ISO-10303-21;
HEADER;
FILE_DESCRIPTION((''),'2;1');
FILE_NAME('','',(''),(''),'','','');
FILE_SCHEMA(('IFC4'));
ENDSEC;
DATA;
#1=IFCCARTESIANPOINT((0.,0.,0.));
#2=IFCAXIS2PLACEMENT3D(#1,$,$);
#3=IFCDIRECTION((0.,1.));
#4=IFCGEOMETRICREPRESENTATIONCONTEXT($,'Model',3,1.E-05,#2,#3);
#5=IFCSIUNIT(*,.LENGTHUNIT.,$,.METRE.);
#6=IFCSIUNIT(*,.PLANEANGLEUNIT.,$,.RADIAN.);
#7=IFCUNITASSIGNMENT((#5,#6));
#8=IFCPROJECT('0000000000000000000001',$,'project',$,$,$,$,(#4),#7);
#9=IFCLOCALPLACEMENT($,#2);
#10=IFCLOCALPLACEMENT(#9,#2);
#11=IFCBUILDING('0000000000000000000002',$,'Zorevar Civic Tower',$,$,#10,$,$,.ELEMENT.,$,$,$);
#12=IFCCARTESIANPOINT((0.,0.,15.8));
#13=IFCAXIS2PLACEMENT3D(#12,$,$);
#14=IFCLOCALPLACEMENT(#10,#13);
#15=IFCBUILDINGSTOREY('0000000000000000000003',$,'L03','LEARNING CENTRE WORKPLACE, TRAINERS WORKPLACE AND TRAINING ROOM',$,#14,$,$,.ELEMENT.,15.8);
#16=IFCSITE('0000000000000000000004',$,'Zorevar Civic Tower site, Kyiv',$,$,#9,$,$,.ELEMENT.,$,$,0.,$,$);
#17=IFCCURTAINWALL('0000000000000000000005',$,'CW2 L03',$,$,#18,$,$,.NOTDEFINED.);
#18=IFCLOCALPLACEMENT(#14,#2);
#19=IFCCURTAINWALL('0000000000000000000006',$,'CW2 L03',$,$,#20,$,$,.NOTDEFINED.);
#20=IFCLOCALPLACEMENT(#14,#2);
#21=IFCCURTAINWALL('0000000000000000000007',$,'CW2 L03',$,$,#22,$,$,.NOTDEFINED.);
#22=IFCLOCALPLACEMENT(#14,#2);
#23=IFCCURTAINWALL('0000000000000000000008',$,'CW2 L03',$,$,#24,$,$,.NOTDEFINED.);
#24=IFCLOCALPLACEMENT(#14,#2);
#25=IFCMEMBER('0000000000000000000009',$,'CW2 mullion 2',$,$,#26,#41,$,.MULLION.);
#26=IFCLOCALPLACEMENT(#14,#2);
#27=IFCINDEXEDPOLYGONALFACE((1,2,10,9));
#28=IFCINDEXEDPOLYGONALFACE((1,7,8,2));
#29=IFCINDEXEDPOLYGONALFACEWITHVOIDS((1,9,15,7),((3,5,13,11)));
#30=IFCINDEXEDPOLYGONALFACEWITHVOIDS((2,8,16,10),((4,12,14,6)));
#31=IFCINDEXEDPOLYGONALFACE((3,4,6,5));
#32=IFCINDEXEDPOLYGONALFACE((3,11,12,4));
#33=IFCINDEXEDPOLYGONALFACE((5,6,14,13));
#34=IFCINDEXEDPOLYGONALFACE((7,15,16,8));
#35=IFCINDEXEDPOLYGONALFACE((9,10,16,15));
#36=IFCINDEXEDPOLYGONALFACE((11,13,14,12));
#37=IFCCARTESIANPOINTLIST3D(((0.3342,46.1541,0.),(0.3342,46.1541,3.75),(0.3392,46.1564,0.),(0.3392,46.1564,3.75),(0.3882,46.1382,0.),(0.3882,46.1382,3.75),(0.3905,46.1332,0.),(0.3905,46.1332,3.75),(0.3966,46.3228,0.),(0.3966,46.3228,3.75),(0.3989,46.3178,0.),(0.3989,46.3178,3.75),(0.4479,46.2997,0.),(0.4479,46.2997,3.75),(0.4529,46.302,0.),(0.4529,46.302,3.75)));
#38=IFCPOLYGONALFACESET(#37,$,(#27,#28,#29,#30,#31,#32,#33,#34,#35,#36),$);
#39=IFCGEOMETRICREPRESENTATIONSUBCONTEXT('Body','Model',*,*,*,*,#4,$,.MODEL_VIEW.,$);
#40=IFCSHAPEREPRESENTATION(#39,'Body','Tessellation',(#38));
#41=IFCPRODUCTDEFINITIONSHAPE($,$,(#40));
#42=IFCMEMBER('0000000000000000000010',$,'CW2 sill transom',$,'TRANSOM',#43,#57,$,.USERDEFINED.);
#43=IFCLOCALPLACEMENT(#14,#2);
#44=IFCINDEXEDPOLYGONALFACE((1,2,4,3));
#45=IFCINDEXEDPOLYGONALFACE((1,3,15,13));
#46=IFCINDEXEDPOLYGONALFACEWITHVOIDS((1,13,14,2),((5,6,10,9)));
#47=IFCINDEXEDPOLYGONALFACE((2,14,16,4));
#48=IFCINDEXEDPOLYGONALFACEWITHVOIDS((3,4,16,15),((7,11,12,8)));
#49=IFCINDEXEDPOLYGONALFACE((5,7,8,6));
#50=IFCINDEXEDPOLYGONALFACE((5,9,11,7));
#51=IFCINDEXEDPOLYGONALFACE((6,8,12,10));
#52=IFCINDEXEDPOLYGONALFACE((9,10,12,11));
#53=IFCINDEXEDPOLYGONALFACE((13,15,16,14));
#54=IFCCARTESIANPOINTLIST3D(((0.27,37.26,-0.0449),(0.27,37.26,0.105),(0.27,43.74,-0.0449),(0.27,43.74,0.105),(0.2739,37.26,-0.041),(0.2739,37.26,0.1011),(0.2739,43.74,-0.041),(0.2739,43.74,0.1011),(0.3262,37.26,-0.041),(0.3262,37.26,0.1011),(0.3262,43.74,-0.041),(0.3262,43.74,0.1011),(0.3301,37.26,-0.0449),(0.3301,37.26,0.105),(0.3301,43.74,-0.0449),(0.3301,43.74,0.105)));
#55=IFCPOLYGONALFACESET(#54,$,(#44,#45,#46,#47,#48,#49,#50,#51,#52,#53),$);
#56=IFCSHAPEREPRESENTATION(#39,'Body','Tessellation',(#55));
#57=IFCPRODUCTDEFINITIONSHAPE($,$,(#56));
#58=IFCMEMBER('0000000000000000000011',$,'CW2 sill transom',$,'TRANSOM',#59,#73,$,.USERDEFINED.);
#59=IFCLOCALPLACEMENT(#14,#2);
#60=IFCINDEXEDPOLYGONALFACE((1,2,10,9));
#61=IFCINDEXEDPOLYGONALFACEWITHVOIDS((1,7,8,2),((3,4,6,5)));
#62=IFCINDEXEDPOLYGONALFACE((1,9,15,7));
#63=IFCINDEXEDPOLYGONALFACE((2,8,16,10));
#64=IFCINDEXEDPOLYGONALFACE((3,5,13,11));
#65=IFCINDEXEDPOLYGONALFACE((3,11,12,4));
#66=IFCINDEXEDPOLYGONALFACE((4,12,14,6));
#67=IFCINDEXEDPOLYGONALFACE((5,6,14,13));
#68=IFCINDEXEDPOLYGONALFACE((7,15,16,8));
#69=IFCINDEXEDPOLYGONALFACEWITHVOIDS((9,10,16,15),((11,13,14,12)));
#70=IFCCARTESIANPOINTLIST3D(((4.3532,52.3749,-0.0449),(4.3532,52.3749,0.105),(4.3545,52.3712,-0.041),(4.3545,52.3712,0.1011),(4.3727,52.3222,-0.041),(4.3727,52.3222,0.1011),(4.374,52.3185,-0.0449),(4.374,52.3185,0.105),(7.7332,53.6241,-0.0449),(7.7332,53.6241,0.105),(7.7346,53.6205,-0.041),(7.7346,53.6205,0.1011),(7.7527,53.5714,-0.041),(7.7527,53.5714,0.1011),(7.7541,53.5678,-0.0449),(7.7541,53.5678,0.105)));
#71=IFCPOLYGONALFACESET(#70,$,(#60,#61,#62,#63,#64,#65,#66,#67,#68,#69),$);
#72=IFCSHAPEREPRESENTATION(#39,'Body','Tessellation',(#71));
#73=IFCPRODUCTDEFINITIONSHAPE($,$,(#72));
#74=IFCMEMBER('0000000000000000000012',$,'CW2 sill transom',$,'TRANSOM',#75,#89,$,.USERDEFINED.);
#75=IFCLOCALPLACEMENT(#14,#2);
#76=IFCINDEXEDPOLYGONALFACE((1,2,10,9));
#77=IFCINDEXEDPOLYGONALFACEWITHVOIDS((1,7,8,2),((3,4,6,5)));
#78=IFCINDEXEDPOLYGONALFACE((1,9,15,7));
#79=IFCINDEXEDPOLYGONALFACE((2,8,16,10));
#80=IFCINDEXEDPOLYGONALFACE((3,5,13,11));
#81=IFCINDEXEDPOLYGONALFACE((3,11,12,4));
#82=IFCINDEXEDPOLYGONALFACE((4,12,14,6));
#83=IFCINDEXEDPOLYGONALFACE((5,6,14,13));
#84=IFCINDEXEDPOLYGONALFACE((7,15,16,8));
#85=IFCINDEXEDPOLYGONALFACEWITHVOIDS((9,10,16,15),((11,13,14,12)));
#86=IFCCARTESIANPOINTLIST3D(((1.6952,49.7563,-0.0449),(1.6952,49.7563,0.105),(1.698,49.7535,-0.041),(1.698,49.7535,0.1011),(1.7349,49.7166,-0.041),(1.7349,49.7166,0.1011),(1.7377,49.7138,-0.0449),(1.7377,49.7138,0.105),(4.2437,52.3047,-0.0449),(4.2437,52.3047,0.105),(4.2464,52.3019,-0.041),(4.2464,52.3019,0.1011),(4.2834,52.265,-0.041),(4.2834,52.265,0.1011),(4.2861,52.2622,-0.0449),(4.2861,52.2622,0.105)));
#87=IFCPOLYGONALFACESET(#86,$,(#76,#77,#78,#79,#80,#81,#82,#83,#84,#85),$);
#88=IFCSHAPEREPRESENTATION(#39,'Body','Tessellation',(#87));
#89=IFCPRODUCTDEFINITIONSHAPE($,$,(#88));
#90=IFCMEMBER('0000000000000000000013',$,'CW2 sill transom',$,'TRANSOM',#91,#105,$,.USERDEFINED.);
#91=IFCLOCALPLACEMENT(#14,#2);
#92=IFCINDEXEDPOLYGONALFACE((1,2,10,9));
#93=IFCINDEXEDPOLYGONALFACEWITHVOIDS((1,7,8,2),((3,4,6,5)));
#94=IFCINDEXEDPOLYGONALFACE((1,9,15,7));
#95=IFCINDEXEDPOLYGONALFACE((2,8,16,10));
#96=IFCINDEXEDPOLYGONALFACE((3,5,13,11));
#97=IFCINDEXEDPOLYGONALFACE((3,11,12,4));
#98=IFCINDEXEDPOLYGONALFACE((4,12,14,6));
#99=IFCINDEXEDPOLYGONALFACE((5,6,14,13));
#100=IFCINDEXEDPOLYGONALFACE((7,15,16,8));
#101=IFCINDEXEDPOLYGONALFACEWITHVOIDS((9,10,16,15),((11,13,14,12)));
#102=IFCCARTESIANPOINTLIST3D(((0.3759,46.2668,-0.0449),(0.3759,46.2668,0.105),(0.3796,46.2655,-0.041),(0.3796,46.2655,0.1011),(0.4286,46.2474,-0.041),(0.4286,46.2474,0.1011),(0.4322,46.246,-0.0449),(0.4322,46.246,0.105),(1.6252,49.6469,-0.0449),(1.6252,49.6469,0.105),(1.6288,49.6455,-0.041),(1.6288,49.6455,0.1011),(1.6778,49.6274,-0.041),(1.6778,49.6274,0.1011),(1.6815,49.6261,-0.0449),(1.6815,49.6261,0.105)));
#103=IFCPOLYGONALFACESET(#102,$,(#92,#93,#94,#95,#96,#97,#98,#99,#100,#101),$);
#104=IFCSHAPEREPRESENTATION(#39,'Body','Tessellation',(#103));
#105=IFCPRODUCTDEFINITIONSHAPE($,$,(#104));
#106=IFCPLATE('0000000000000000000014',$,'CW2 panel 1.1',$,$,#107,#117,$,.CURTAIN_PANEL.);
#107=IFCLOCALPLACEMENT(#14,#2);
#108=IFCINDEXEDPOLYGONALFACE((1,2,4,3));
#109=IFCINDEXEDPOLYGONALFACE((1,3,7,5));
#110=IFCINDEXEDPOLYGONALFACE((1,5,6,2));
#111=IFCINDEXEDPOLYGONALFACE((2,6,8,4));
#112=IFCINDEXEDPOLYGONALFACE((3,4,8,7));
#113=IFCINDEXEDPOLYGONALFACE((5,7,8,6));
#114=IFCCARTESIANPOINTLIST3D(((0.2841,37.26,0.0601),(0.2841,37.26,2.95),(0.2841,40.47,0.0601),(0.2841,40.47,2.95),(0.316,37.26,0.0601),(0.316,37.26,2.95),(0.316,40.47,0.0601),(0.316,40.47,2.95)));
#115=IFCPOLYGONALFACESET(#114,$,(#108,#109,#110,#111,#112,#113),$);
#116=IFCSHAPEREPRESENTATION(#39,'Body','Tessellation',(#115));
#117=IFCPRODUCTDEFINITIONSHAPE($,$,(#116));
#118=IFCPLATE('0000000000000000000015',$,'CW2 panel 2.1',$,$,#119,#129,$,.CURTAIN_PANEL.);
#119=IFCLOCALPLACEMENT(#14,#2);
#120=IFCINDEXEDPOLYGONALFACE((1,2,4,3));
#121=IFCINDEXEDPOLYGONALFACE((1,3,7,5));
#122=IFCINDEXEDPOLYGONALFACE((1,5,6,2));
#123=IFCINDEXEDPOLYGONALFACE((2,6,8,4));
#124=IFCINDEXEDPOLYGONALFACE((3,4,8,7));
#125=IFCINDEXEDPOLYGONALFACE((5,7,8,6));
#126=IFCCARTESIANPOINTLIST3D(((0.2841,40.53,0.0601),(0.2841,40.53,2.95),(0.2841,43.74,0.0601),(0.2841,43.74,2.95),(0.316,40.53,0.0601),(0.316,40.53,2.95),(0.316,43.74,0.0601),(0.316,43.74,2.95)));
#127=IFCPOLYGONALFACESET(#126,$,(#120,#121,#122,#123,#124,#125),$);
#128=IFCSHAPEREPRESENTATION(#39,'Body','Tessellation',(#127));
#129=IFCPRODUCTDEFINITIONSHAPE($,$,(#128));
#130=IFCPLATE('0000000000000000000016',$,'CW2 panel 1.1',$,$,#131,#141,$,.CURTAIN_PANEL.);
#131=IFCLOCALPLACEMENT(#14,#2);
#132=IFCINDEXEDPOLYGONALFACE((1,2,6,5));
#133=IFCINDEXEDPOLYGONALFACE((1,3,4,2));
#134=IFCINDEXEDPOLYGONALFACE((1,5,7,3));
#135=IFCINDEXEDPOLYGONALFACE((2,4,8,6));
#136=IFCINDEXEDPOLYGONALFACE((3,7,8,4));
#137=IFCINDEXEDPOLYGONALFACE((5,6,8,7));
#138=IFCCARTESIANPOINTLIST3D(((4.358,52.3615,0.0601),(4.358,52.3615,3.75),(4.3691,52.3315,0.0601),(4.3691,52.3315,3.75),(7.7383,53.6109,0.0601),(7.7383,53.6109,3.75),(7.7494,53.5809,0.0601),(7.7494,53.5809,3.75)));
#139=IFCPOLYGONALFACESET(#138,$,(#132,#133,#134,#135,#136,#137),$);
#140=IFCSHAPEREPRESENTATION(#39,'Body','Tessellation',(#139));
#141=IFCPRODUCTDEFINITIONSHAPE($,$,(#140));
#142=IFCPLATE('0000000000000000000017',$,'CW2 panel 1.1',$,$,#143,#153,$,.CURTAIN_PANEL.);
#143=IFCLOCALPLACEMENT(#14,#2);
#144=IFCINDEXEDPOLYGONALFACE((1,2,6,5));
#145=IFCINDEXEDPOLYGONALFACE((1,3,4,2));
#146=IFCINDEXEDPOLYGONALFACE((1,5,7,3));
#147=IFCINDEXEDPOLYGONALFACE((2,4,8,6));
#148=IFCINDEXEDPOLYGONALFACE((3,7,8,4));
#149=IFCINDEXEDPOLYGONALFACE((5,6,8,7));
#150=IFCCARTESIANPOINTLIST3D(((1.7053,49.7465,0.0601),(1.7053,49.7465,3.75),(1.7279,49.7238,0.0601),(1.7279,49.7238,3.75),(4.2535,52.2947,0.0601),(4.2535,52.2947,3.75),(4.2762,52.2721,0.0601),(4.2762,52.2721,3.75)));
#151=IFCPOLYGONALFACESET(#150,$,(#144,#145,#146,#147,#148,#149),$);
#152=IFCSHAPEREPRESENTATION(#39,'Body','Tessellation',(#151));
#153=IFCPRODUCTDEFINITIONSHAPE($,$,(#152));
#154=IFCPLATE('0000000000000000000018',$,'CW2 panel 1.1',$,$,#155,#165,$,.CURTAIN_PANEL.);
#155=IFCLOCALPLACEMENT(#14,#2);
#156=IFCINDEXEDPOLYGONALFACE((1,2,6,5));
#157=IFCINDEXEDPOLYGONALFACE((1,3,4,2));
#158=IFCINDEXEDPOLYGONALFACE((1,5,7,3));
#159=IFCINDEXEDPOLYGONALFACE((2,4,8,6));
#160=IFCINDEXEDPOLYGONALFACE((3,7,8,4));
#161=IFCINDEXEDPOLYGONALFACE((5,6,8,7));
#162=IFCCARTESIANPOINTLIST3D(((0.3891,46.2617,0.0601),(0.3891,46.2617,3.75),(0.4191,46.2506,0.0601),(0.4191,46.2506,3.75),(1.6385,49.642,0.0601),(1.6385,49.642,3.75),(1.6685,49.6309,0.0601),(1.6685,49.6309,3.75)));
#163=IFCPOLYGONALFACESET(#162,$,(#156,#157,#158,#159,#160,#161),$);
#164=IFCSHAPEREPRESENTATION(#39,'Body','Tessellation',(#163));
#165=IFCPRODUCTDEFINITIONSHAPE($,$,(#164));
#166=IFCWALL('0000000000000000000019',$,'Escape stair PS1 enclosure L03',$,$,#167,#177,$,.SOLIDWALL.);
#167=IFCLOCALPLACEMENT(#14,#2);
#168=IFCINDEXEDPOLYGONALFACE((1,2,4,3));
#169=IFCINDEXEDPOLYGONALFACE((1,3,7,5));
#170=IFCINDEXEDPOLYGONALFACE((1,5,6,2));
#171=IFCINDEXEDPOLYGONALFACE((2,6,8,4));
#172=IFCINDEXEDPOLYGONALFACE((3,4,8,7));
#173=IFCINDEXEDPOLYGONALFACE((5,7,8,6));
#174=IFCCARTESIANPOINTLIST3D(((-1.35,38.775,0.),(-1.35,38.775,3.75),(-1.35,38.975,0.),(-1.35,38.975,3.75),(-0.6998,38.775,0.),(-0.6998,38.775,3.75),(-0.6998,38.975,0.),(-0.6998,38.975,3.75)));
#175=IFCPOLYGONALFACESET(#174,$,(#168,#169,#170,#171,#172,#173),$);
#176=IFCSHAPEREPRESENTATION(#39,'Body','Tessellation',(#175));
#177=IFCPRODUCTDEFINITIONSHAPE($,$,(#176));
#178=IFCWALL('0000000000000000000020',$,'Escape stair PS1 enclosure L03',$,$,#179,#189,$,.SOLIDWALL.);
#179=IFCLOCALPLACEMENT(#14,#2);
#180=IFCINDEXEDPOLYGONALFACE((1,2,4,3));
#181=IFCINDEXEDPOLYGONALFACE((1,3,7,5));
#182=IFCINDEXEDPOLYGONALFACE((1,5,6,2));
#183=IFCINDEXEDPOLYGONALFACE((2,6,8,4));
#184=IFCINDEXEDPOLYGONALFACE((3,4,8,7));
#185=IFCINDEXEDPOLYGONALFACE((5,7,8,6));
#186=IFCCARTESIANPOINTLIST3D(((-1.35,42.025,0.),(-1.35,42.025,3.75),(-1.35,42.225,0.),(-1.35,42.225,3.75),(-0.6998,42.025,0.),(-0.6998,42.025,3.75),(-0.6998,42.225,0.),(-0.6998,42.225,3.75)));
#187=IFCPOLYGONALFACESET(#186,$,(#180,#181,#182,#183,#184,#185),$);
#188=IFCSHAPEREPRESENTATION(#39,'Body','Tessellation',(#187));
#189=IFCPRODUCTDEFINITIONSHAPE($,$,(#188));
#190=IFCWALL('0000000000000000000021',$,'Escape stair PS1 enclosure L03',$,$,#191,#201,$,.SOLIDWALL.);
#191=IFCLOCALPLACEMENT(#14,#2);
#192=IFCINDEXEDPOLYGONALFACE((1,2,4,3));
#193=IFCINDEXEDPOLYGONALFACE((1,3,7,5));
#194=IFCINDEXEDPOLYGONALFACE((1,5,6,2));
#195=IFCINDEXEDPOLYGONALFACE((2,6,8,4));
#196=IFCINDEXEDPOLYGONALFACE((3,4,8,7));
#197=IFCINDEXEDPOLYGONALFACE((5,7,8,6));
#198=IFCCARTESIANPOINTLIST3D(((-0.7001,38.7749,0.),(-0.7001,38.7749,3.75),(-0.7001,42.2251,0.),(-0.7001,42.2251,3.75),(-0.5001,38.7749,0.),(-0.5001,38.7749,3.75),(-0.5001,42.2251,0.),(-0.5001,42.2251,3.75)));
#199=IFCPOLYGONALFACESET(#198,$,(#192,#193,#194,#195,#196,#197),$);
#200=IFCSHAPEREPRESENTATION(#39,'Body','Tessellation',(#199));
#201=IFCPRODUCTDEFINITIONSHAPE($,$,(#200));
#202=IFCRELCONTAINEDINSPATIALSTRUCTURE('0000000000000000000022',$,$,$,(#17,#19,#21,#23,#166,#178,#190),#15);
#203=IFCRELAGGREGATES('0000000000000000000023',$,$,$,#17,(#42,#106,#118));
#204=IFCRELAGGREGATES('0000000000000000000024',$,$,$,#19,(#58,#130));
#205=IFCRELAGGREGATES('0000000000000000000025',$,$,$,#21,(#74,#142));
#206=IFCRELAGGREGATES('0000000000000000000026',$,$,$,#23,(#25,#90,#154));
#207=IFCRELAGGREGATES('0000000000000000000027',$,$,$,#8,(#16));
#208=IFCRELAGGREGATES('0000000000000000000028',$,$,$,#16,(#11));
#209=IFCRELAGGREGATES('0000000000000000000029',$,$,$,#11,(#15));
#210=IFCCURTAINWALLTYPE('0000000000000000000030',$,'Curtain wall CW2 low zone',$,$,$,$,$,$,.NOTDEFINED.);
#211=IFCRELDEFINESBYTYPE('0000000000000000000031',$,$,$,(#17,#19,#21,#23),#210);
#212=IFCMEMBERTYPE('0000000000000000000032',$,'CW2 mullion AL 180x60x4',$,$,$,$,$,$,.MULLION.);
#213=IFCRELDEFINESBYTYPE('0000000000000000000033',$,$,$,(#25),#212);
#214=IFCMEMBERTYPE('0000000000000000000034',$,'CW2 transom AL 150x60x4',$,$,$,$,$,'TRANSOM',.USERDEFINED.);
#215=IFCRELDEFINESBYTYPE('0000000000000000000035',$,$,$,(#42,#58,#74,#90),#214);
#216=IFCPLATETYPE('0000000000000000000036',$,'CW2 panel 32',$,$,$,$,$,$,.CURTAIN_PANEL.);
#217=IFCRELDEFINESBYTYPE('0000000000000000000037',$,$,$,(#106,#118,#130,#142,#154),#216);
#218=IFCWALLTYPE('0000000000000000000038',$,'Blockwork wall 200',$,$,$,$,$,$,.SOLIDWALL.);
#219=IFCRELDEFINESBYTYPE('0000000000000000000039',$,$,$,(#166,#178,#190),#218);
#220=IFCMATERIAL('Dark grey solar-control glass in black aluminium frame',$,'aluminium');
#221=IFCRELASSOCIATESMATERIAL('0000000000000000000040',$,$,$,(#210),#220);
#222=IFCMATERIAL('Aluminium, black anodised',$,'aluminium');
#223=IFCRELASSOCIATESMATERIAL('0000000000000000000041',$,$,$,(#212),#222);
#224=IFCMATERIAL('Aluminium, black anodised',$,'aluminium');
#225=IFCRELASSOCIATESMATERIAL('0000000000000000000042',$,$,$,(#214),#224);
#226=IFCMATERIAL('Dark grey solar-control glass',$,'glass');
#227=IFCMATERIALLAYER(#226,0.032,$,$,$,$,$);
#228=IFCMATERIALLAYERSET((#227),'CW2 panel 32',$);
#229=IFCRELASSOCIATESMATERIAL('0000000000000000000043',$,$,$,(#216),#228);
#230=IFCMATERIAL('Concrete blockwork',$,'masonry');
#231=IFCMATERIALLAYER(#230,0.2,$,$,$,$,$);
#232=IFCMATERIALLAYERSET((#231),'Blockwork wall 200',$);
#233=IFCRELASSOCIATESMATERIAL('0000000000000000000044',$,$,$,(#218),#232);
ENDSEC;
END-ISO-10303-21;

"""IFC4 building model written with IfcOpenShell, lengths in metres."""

from ifc_helpers import new_model, si_unit, direction, frame, frame_2d, origin, origin_2d, place, context, subcontext, project, spatial, rectangle, hollow_rectangle, extrude, material, layer, layer_set, material_profile, profile_set, type_object, element, aggregate, save


model = new_model("IFC4")

# Units and contexts
model_context = context("Model", 3, precision=1e-05, world=origin(), true_north=direction((0.0, 1.0)))
body_context = subcontext(model_context, "Body", "Model", "MODEL_VIEW")
ifc_project = project(units=[si_unit("LENGTHUNIT", "METRE"), si_unit("PLANEANGLEUNIT", "RADIAN")], contexts=[model_context])

# Site, building, storey
site_placement = place(None, origin())
site = spatial("IfcSite", under=ifc_project, at=site_placement, Name="Zorevar Civic Tower site, Kyiv", CompositionType="ELEMENT", RefElevation=0.0)
building_placement = place(site_placement, origin())
building = spatial("IfcBuilding", under=site, at=building_placement, Name="Zorevar Civic Tower", CompositionType="ELEMENT")
storey_placement = place(building_placement, frame((0.0, 0.0, 15.8)))
storey = spatial("IfcBuildingStorey", under=building, at=storey_placement, Name="L03", Description="LEARNING CENTRE WORKPLACE, TRAINERS WORKPLACE AND TRAINING ROOM", CompositionType="ELEMENT", Elevation=15.8)

# Curtain walls, member
ifc_material_1 = material(Name="Dark grey solar-control glass in black aluminium frame", Category="aluminium")
curtain_wall_type = type_object("IfcCurtainWallType", Name="Curtain wall CW2 low zone", PredefinedType="NOTDEFINED", material=ifc_material_1)
curtain_wall_1_placement = place(storey_placement, origin())
curtain_wall_1 = element("IfcCurtainWall", 1, at=curtain_wall_1_placement, inside=storey, type_object=curtain_wall_type, Name="CW2 L03", PredefinedType="NOTDEFINED")
ifc_material_2 = material(Name="Aluminium, black anodised", Category="aluminium")
ifc_material_profile_1 = material_profile(ifc_material_2, hollow_rectangle(XDim=0.0601, YDim=0.1799, WallThickness=0.0039, at=origin_2d()), Name="AL 180x60x4")
ifc_profile_set_1 = profile_set([ifc_material_profile_1], Name="Aluminium, black anodised")
member_type_1 = type_object("IfcMemberType", Name="CW2 mullion AL 180x60x4", PredefinedType="MULLION", material=ifc_profile_set_1)
curtain_wall_2_placement = place(storey_placement, origin())
curtain_wall_2 = element("IfcCurtainWall", 2, at=curtain_wall_2_placement, inside=storey, type_object=curtain_wall_type, Name="CW2 L03", PredefinedType="NOTDEFINED")
curtain_wall_3_placement = place(storey_placement, origin())
curtain_wall_3 = element("IfcCurtainWall", 3, at=curtain_wall_3_placement, inside=storey, type_object=curtain_wall_type, Name="CW2 L03", PredefinedType="NOTDEFINED")
curtain_wall_4_placement = place(storey_placement, origin())
curtain_wall_4 = element("IfcCurtainWall", 4, at=curtain_wall_4_placement, inside=storey, type_object=curtain_wall_type, Name="CW2 L03", PredefinedType="NOTDEFINED")
member_1_placement = place(storey_placement, frame((0.3936, 46.228, 0.0), z_axis=(0.0, 0.0, 1.0), x_axis=(0.937975, -0.346704, 0.0)))
member_1 = element("IfcMember", 5, at=member_1_placement, type_object=member_type_1, Name="CW2 mullion 2", PredefinedType="MULLION", context=body_context, shape_type="SweptSolid", body=[
    extrude(hollow_rectangle(XDim=0.0601, YDim=0.1799, WallThickness=0.0039, at=origin_2d()), origin(), (0.0, 0.0, 1.0), 3.75),
])

# Members
ifc_material_3 = material(Name="Aluminium, black anodised", Category="aluminium")
ifc_material_profile_2 = material_profile(ifc_material_3, hollow_rectangle(XDim=0.0601, YDim=0.1499, WallThickness=0.0039, at=origin_2d()), Name="AL 150x60x4")
ifc_profile_set_2 = profile_set([ifc_material_profile_2], Name="Aluminium, black anodised")
member_type_2 = type_object("IfcMemberType", Name="CW2 transom AL 150x60x4", ElementType="TRANSOM", PredefinedType="USERDEFINED", material=ifc_profile_set_2)
member_2_placement = place(storey_placement, frame((0.3, 37.26, 0.03), z_axis=(0.0, 1.0, 0.0), x_axis=(-1.0, 0.0, 0.0)))
member_2 = element("IfcMember", 6, at=member_2_placement, type_object=member_type_2, Name="CW2 sill transom", ObjectType="TRANSOM", PredefinedType="USERDEFINED", context=body_context, shape_type="SweptSolid", body=[
    extrude(hollow_rectangle(XDim=0.0601, YDim=0.1499, WallThickness=0.0039, at=origin_2d()), origin(), (0.0, 0.0, 1.0), 6.48),
])
member_3_placement = place(storey_placement, frame((7.7437, 53.5959, 0.03), z_axis=(-0.937986, -0.346672, 0.0), x_axis=(0.346672, -0.937986, 0.0)))
member_3 = element("IfcMember", 7, at=member_3_placement, type_object=member_type_2, Name="CW2 sill transom", ObjectType="TRANSOM", PredefinedType="USERDEFINED", context=body_context, shape_type="SweptSolid", body=[
    extrude(hollow_rectangle(XDim=0.0601, YDim=0.1499, WallThickness=0.0039, at=origin_2d()), origin(), (0.0, 0.0, 1.0), 3.6035),
])
member_4_placement = place(storey_placement, frame((4.2649, 52.2834, 0.03), z_axis=(-0.707107, -0.707107, 0.0), x_axis=(0.707107, -0.707107, 0.0)))
member_4 = element("IfcMember", 8, at=member_4_placement, type_object=member_type_2, Name="CW2 sill transom", ObjectType="TRANSOM", PredefinedType="USERDEFINED", context=body_context, shape_type="SweptSolid", body=[
    extrude(hollow_rectangle(XDim=0.0601, YDim=0.1499, WallThickness=0.0039, at=origin_2d()), origin(), (0.0, 0.0, 1.0), 3.604),
])
member_5_placement = place(storey_placement, frame((1.6533, 49.6365, 0.03), z_axis=(-0.346672, -0.937986, 0.0), x_axis=(0.937986, -0.346672, 0.0)))
member_5 = element("IfcMember", 9, at=member_5_placement, type_object=member_type_2, Name="CW2 sill transom", ObjectType="TRANSOM", PredefinedType="USERDEFINED", context=body_context, shape_type="SweptSolid", body=[
    extrude(hollow_rectangle(XDim=0.0601, YDim=0.1499, WallThickness=0.0039, at=origin_2d()), origin(), (0.0, 0.0, 1.0), 3.6035),
])

# Plates
ifc_material_4 = material(Name="Dark grey solar-control glass", Category="glass")
ifc_layer_1 = layer(ifc_material_4, 0.032)
ifc_layer_set_1 = layer_set([ifc_layer_1], Name="CW2 panel 32")
plate_type = type_object("IfcPlateType", Name="CW2 panel 32", PredefinedType="CURTAIN_PANEL", material=ifc_layer_set_1)
plate_1_placement = place(storey_placement, frame((0.3, 38.865, 0.0601), z_axis=(0.0, 0.0, 1.0), x_axis=(0.0, 1.0, 0.0)))
plate_1 = element("IfcPlate", 10, at=plate_1_placement, type_object=plate_type, Name="CW2 panel 1.1", PredefinedType="CURTAIN_PANEL", context=body_context, shape_type="SweptSolid", body=[
    extrude(rectangle(XDim=3.21, YDim=0.032, at=origin_2d()), origin(), (0.0, 0.0, 1.0), 2.8899),
])
plate_2_placement = place(storey_placement, frame((0.3, 42.135, 0.0601), z_axis=(0.0, 0.0, 1.0), x_axis=(0.0, 1.0, 0.0)))
plate_2 = element("IfcPlate", 11, at=plate_2_placement, type_object=plate_type, Name="CW2 panel 2.1", PredefinedType="CURTAIN_PANEL", context=body_context, shape_type="SweptSolid", body=[
    extrude(rectangle(XDim=3.21, YDim=0.032, at=origin_2d()), origin(), (0.0, 0.0, 1.0), 2.8899),
])
aggregate(curtain_wall_1, [member_2, plate_1, plate_2])
plate_3_placement = place(storey_placement, frame((6.0537, 52.9712, 0.0601), z_axis=(0.0, 0.0, 1.0), x_axis=(-0.937975, -0.346704, 0.0)))
plate_3 = element("IfcPlate", 12, at=plate_3_placement, type_object=plate_type, Name="CW2 panel 1.1", PredefinedType="CURTAIN_PANEL", context=body_context, shape_type="SweptSolid", body=[
    extrude(rectangle(XDim=3.6038, YDim=0.032, at=origin_2d()), origin(), (0.0, 0.0, 1.0), 3.6899),
])
aggregate(curtain_wall_2, [member_3, plate_3])
plate_4_placement = place(storey_placement, frame((2.9907, 51.0093, 0.0601), z_axis=(0.0, 0.0, 1.0), x_axis=(-0.707107, -0.707107, 0.0)))
plate_4 = element("IfcPlate", 13, at=plate_4_placement, type_object=plate_type, Name="CW2 panel 1.1", PredefinedType="CURTAIN_PANEL", context=body_context, shape_type="SweptSolid", body=[
    extrude(rectangle(XDim=3.6038, YDim=0.032, at=origin_2d()), origin(), (0.0, 0.0, 1.0), 3.6899),
])
aggregate(curtain_wall_3, [member_4, plate_4])
plate_5_placement = place(storey_placement, frame((1.0288, 47.9463, 0.0601), z_axis=(0.0, 0.0, 1.0), x_axis=(-0.346704, -0.937975, 0.0)))
plate_5 = element("IfcPlate", 14, at=plate_5_placement, type_object=plate_type, Name="CW2 panel 1.1", PredefinedType="CURTAIN_PANEL", context=body_context, shape_type="SweptSolid", body=[
    extrude(rectangle(XDim=3.6038, YDim=0.032, at=origin_2d()), origin(), (0.0, 0.0, 1.0), 3.6899),
])
aggregate(curtain_wall_4, [member_1, member_5, plate_5])

# Walls
ifc_material_5 = material(Name="Concrete blockwork", Category="masonry")
ifc_layer_2 = layer(ifc_material_5, 0.2)
ifc_layer_set_2 = layer_set([ifc_layer_2], Name="Blockwork wall 200")
wall_type_1 = type_object("IfcWallType", Name="Blockwork wall 200", PredefinedType="SOLIDWALL", material=ifc_layer_set_2)
for number, where, z_axis, x_axis, name in (
    (15, (-1.3501, 38.875, 0.0), (0.0, 0.0, 1.0), (1.0, 0.0, 0.0), "Escape stair PS1 enclosure L03"),
    (16, (-1.3501, 42.125, 0.0), (0.0, 0.0, 1.0), (1.0, 0.0, 0.0), "Escape stair PS1 enclosure L03"),
):
    element("IfcWall", number, at=place(storey_placement, frame(where, z_axis=z_axis, x_axis=x_axis)), inside=storey, type_object=wall_type_1, Name=name, PredefinedType="SOLIDWALL", context=body_context, shape_type="SweptSolid", body=[
        extrude(rectangle(XDim=0.6501, YDim=0.2, at=frame_2d((0.3252, 0.0))), origin(), (0.0, 0.0, 1.0), 3.75),
    ])
wall_1_placement = place(storey_placement, frame((-0.6001, 38.7749, 0.0), z_axis=(0.0, 0.0, 1.0), x_axis=(0.0, 1.0, 0.0)))
element("IfcWall", 17, at=wall_1_placement, inside=storey, type_object=wall_type_1, Name="Escape stair PS1 enclosure L03", PredefinedType="SOLIDWALL", context=body_context, shape_type="SweptSolid", body=[
    extrude(rectangle(XDim=3.4502, YDim=0.2, at=frame_2d((1.7251, 0.0))), origin(), (0.0, 0.0, 1.0), 3.75),
])

save(model, "model.ifc")
